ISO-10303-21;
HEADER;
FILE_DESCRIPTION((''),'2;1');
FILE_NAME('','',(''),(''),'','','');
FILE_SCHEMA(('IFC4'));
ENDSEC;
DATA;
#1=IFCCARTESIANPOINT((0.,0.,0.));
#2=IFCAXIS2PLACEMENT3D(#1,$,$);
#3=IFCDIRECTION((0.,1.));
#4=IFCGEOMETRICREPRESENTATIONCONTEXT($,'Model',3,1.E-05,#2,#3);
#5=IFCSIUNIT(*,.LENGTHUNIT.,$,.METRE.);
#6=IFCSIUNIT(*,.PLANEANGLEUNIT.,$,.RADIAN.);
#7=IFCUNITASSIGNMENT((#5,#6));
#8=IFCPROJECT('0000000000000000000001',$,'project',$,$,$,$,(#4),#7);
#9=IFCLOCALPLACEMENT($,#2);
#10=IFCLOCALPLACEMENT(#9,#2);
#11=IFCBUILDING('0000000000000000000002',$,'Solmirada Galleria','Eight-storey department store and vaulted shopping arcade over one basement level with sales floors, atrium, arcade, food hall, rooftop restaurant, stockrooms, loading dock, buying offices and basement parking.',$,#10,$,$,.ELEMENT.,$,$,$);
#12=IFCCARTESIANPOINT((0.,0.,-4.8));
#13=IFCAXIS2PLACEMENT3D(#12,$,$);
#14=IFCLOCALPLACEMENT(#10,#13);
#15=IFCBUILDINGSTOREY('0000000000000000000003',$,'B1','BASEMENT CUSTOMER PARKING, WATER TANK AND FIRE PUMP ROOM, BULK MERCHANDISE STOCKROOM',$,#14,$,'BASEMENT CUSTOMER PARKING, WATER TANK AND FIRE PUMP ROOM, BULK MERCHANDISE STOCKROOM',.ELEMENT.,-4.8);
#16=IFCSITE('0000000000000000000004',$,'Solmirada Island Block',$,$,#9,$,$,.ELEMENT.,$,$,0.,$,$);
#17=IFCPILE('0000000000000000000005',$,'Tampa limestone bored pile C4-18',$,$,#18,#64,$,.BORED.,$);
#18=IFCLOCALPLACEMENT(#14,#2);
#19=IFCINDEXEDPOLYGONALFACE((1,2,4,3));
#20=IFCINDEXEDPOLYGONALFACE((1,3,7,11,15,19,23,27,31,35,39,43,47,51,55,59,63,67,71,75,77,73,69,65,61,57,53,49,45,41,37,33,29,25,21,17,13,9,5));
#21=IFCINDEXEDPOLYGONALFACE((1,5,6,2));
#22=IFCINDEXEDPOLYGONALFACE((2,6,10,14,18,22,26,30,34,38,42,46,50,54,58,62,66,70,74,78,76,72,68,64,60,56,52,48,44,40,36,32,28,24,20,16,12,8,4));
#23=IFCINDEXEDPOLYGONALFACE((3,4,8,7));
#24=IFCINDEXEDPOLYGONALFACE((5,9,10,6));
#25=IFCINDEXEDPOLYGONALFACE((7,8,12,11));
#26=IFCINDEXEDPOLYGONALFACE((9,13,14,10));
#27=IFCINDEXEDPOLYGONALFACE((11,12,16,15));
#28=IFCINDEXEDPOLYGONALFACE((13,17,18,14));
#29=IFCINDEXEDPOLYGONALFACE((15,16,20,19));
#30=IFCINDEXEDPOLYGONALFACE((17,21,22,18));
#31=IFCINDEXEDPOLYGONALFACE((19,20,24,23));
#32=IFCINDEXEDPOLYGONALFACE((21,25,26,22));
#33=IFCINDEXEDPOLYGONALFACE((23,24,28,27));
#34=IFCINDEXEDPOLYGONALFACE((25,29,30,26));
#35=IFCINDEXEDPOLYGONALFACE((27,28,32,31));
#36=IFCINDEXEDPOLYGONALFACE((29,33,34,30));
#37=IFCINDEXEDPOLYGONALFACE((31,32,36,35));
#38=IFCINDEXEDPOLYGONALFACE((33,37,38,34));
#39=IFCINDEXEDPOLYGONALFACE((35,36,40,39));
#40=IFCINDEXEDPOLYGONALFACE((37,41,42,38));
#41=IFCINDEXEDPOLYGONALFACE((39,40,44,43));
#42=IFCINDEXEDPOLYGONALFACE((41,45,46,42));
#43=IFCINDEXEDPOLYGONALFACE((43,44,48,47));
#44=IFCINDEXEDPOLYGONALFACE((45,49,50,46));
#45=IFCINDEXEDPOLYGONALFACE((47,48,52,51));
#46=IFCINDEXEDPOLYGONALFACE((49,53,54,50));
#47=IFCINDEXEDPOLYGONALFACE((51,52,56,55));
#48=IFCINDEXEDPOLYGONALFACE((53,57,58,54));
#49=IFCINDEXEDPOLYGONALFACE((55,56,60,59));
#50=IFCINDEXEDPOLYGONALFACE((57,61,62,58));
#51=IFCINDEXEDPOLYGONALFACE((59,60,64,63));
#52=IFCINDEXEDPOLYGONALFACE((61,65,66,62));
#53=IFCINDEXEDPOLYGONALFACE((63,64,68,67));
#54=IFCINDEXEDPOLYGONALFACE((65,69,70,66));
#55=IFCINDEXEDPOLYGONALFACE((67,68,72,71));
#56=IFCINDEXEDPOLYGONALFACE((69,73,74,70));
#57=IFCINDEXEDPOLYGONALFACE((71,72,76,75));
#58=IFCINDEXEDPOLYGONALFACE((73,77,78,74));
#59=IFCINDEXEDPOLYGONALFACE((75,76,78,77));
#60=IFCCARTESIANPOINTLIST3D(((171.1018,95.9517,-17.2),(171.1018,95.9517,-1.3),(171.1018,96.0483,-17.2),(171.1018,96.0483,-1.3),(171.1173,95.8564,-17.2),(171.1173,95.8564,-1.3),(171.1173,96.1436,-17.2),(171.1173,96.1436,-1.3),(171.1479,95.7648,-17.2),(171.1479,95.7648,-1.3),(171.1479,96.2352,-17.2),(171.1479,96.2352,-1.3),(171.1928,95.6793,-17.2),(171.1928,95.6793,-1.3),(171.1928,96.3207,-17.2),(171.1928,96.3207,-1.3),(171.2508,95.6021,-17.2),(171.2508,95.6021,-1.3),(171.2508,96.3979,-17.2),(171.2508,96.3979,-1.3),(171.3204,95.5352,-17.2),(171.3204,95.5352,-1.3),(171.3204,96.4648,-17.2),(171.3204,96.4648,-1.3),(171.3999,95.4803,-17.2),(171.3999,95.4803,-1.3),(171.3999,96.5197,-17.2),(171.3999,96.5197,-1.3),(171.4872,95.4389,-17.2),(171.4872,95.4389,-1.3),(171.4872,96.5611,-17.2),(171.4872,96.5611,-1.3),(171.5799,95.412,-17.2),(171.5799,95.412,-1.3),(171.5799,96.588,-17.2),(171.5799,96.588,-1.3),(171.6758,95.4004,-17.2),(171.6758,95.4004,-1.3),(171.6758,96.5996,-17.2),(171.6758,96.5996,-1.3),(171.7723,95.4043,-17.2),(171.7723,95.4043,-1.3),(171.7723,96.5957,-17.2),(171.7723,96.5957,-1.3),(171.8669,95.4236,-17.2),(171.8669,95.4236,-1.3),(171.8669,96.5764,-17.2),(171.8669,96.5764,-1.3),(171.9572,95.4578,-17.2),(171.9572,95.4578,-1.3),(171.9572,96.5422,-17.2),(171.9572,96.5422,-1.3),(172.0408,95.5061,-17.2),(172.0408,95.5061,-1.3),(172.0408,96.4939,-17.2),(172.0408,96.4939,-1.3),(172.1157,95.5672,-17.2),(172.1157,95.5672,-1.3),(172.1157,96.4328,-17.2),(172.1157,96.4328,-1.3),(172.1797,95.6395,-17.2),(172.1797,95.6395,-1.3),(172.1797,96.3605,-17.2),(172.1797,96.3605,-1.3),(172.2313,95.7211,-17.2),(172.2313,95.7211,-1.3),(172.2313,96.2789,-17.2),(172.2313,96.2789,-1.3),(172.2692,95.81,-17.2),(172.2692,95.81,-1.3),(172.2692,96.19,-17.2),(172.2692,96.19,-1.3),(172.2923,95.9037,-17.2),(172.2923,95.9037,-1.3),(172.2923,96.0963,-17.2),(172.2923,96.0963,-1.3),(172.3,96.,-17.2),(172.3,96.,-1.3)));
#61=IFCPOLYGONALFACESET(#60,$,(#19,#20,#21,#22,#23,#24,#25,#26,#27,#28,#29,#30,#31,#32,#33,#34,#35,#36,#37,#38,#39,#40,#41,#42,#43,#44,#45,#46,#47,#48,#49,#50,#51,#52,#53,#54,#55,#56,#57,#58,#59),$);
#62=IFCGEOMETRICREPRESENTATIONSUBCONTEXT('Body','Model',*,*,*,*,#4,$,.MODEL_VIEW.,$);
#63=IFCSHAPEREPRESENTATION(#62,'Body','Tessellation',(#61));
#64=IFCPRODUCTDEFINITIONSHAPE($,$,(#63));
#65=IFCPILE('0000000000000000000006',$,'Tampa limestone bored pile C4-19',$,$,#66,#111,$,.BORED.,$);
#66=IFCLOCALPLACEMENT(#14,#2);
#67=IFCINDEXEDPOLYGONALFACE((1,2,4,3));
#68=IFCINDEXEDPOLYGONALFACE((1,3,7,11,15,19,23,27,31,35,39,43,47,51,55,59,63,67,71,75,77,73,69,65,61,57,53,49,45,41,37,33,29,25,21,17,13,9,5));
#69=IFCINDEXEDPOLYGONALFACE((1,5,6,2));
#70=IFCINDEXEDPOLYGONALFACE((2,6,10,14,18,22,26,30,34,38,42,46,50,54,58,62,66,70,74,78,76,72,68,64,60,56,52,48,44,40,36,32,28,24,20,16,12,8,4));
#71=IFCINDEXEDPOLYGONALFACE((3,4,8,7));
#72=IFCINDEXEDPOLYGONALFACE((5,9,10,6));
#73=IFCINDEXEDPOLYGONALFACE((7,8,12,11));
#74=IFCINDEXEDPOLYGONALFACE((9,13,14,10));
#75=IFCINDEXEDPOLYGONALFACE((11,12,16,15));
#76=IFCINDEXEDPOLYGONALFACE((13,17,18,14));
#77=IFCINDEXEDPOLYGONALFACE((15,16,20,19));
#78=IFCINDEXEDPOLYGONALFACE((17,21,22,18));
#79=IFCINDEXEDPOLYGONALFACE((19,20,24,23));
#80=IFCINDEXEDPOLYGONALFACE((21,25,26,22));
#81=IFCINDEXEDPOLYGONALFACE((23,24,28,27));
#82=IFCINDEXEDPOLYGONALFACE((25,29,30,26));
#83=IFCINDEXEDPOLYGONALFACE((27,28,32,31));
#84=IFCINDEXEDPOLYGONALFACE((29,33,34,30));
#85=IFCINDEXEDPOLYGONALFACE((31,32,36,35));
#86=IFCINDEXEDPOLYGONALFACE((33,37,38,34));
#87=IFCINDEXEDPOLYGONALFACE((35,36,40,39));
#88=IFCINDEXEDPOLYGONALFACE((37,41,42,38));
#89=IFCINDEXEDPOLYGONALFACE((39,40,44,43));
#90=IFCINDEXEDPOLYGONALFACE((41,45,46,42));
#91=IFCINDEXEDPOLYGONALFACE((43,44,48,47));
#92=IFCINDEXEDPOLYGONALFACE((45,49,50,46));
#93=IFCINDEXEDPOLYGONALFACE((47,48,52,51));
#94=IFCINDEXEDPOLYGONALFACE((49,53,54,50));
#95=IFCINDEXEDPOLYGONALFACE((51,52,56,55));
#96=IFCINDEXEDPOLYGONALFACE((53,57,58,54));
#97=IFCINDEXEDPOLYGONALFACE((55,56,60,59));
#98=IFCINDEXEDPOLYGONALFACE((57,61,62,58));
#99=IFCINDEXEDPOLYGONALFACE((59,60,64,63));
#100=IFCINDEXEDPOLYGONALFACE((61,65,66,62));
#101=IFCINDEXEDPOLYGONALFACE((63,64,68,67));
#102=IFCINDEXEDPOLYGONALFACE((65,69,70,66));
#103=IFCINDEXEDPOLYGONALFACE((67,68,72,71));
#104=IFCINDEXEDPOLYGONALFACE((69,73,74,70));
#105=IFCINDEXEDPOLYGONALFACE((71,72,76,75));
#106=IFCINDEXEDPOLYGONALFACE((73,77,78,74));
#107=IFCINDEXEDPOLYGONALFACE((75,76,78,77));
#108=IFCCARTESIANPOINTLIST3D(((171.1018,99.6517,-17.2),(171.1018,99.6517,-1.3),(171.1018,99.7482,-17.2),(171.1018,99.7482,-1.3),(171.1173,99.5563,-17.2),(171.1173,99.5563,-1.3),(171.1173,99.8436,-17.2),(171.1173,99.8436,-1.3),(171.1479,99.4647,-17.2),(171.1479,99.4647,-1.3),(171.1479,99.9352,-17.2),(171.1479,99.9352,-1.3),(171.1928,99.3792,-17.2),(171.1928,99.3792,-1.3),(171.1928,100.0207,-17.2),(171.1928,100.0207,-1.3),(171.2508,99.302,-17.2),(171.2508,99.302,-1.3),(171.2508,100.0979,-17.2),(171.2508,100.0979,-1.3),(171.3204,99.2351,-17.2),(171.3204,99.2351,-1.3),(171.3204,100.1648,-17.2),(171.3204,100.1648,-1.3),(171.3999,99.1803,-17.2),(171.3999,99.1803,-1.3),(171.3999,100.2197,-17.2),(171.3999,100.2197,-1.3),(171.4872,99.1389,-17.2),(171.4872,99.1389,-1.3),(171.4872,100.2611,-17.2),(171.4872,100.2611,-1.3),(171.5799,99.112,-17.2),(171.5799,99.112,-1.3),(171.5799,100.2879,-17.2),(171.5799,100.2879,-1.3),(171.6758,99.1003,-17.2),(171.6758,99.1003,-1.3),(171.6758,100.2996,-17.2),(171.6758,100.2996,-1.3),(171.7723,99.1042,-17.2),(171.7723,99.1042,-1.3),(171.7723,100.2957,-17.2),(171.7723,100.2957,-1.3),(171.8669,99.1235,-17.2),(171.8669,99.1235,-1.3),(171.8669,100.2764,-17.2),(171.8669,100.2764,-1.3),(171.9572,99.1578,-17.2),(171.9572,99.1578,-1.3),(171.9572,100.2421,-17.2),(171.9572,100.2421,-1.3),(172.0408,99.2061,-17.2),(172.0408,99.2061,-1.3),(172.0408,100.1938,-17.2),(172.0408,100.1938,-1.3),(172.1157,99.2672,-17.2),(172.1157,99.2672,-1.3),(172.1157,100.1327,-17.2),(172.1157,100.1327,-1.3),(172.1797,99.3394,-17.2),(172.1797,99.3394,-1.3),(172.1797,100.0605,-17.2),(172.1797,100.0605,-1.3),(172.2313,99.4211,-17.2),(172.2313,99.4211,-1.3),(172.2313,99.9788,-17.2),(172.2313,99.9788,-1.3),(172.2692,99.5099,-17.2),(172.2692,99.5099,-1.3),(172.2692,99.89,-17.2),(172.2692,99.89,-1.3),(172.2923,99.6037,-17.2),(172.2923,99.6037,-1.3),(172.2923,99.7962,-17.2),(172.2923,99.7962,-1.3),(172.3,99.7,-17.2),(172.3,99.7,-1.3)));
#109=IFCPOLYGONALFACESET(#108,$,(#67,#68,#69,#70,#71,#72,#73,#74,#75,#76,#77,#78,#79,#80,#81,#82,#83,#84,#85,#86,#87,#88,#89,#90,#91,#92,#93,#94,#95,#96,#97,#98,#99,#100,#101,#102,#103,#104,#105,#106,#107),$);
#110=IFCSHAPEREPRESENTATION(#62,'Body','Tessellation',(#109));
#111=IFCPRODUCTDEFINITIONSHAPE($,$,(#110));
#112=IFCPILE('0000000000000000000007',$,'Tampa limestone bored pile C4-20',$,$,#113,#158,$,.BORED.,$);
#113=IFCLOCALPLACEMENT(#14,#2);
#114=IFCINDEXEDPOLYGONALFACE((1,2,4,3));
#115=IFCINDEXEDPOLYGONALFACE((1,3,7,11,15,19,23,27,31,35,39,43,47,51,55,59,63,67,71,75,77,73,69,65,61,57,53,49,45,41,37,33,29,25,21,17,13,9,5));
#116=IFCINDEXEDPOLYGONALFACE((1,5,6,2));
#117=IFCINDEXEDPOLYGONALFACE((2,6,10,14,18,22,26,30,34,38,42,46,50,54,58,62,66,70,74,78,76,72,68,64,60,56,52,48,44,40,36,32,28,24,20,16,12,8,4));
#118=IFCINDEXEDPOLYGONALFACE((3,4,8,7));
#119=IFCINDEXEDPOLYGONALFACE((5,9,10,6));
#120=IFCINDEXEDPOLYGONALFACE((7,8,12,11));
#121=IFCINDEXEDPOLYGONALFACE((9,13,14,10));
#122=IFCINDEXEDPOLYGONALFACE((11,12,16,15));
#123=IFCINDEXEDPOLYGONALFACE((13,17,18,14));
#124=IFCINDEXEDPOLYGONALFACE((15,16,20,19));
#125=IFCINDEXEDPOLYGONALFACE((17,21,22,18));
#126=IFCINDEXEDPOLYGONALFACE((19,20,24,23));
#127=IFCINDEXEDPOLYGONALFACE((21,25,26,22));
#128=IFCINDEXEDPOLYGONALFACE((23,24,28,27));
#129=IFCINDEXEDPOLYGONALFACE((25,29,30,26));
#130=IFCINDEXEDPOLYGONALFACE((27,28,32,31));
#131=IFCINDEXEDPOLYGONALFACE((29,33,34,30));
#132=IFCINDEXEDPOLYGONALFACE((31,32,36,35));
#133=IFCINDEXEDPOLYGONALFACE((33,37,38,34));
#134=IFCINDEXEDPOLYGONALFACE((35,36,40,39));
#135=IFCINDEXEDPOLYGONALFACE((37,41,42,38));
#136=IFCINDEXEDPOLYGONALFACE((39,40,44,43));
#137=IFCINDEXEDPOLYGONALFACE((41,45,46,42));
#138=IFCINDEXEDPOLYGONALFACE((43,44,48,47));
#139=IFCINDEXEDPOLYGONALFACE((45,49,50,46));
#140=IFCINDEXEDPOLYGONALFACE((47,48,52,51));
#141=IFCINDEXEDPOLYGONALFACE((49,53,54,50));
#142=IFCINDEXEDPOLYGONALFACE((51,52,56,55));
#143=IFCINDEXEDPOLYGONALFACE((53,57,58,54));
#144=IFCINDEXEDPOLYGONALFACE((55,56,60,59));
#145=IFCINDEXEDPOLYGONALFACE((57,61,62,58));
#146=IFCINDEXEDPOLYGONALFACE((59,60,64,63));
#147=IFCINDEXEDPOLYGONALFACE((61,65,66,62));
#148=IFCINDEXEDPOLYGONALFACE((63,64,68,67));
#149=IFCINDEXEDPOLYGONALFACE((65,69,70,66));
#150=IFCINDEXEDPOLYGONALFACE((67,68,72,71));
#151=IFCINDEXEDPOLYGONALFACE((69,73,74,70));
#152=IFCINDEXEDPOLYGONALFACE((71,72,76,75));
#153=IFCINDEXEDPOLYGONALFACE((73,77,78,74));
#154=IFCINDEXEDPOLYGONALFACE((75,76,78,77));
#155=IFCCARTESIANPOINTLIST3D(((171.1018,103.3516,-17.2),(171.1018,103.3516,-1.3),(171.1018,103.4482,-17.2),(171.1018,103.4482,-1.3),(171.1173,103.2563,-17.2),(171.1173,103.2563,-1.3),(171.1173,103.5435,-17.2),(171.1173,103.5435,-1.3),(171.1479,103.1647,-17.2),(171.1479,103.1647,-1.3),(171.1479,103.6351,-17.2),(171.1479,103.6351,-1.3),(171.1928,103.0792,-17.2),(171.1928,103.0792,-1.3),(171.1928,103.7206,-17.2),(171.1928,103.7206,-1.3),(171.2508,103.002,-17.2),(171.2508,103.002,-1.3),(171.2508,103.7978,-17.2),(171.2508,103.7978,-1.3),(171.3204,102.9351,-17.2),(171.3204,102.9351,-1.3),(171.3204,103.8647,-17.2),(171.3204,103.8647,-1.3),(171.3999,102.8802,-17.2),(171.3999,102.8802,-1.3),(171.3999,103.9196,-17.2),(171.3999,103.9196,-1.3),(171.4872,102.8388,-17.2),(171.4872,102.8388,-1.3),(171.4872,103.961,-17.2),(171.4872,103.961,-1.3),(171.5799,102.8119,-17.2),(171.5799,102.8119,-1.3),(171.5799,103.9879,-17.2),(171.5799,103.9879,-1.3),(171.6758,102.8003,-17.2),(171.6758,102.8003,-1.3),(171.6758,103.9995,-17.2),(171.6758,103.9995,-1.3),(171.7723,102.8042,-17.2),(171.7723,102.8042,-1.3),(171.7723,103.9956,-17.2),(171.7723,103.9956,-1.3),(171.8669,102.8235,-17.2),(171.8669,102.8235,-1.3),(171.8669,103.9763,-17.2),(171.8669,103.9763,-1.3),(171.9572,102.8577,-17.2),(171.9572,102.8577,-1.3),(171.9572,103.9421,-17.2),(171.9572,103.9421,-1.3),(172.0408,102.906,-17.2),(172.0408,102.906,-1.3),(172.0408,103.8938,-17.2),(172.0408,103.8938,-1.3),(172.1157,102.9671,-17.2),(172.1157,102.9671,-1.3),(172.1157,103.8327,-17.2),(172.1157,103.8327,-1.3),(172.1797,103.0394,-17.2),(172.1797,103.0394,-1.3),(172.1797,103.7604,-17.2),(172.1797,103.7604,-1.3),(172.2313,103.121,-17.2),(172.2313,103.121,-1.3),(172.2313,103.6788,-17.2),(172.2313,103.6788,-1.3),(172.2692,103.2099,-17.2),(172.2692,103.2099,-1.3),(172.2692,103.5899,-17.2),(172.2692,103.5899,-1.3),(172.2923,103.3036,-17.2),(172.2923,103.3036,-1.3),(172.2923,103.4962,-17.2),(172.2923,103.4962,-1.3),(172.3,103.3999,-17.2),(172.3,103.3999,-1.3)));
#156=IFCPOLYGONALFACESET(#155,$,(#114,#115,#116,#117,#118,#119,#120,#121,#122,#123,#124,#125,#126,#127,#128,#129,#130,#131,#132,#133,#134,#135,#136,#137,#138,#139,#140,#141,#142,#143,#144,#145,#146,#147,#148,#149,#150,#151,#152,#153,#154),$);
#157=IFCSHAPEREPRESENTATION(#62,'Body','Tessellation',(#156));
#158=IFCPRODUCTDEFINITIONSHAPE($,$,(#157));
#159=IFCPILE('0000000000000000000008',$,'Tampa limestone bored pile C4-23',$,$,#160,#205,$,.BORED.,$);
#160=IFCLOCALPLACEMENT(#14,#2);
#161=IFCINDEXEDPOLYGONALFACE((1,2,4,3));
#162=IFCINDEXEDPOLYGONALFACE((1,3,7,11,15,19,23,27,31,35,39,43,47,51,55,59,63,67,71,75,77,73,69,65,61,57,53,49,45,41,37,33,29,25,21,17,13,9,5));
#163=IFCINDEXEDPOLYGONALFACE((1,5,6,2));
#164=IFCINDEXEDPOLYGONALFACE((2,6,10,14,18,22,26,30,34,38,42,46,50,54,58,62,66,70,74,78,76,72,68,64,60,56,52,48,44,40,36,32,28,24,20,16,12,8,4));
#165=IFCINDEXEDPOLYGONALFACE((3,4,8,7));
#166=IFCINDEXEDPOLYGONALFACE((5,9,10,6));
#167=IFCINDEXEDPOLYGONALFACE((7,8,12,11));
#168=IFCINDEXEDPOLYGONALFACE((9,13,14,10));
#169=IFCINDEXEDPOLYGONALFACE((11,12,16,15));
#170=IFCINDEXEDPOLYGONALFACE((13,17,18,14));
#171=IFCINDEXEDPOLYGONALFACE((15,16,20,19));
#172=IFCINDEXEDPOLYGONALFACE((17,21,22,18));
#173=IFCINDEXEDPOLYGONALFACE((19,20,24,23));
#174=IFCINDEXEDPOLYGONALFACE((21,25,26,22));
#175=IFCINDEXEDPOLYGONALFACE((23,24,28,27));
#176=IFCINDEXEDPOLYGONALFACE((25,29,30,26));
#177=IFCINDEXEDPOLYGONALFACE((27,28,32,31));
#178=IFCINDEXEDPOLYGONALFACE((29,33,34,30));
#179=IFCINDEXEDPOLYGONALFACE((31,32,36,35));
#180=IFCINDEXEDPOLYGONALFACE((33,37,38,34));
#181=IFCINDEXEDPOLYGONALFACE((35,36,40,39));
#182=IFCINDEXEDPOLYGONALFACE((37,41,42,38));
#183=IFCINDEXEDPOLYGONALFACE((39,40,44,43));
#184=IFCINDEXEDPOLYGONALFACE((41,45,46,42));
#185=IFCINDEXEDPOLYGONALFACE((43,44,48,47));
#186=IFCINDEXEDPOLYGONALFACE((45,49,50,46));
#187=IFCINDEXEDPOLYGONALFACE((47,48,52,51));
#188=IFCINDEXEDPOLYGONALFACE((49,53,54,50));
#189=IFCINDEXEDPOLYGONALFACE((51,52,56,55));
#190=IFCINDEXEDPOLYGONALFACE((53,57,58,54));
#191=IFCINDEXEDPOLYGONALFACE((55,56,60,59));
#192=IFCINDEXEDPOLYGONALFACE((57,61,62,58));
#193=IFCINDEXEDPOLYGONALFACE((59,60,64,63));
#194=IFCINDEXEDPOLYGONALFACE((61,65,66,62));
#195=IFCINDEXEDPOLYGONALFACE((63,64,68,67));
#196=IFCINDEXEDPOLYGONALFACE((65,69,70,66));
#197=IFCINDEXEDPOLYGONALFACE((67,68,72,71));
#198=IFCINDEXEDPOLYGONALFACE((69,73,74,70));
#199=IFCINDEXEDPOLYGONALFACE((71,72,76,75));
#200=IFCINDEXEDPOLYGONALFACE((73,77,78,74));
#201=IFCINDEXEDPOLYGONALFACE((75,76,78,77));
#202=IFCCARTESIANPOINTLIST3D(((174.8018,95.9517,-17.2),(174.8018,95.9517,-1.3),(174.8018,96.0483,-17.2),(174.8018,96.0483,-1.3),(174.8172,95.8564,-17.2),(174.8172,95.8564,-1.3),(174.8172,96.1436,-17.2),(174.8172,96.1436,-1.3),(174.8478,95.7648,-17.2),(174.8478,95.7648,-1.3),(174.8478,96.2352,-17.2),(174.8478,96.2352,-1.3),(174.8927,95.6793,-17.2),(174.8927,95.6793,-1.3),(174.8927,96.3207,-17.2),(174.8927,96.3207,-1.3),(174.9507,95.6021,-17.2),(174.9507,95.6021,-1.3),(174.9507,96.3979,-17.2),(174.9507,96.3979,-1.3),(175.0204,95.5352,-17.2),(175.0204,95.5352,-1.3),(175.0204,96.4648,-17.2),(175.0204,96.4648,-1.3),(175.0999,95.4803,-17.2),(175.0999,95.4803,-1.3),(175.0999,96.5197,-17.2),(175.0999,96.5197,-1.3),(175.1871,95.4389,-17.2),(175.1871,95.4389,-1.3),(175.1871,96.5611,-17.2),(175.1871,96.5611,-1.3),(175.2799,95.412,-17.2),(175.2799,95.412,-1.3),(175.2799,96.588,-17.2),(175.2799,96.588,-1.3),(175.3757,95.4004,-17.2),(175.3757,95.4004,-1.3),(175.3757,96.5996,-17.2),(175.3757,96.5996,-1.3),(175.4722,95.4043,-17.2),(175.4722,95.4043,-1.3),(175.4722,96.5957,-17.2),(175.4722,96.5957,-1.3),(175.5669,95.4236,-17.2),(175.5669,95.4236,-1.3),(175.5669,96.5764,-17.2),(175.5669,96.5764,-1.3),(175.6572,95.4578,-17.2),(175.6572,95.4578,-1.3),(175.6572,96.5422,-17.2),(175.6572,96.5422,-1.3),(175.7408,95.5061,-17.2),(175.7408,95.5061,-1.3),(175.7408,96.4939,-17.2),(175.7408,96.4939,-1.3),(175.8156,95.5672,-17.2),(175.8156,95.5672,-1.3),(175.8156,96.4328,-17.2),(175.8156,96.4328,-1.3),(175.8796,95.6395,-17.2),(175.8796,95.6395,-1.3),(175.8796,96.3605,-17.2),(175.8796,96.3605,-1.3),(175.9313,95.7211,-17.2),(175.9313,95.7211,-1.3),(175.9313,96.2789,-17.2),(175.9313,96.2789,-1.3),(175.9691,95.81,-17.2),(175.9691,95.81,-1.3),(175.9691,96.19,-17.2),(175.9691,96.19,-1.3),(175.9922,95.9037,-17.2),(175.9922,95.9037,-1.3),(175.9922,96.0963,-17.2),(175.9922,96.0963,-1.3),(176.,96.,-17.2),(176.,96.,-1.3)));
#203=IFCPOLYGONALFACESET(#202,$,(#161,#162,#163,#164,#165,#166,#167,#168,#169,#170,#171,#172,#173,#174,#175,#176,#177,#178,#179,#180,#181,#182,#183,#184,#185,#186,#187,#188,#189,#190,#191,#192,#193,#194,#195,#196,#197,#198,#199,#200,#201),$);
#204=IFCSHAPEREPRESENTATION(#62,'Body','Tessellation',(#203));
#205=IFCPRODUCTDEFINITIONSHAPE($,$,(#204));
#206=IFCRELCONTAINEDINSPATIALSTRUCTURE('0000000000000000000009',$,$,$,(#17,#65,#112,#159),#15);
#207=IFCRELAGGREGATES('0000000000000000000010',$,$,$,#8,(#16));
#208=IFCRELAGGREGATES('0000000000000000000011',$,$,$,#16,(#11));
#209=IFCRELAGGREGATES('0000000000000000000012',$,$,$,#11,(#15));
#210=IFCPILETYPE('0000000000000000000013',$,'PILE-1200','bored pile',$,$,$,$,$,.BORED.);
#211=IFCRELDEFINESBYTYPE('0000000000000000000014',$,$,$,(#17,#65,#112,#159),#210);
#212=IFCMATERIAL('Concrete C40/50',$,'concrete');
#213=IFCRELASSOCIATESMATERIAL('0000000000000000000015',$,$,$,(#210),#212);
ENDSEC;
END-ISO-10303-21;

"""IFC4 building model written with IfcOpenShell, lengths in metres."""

from ifc_helpers import new_model, si_unit, direction, frame, origin, origin_2d, place, context, subcontext, project, spatial, circle, extrude, material, material_profile, profile_set, type_object, element, save


model = new_model("IFC4")

# Units and contexts
model_context = context("Model", 3, precision=1e-05, world=origin(), true_north=direction((0.0, 1.0)))
body_context = subcontext(model_context, "Body", "Model", "MODEL_VIEW")
ifc_project = project(units=[si_unit("LENGTHUNIT", "METRE"), si_unit("PLANEANGLEUNIT", "RADIAN")], contexts=[model_context])

# Site, building, storey
site_placement = place(None, origin())
site = spatial("IfcSite", under=ifc_project, at=site_placement, Name="Solmirada Island Block", CompositionType="ELEMENT", RefElevation=0.0)
building_placement = place(site_placement, origin())
building = spatial("IfcBuilding", under=site, at=building_placement, Name="Solmirada Galleria", Description="Eight-storey department store and vaulted shopping arcade over one basement level with sales floors, atrium, arcade, food hall, rooftop restaurant, stockrooms, loading dock, buying offices and basement parking.", CompositionType="ELEMENT")
storey_placement = place(building_placement, frame((0.0, 0.0, -4.8)))
storey = spatial("IfcBuildingStorey", under=building, at=storey_placement, Name="B1", Description="BASEMENT CUSTOMER PARKING, WATER TANK AND FIRE PUMP ROOM, BULK MERCHANDISE STOCKROOM", LongName="BASEMENT CUSTOMER PARKING, WATER TANK AND FIRE PUMP ROOM, BULK MERCHANDISE STOCKROOM", CompositionType="ELEMENT", Elevation=-4.8)

# Piles
ifc_material_1 = material(Name="Concrete C40/50", Category="concrete")
ifc_material_profile_1 = material_profile(ifc_material_1, circle(Radius=0.6001, at=origin_2d()), Name="PILE1200")
ifc_profile_set_1 = profile_set([ifc_material_profile_1], Name="Concrete C40/50")
pile_type = type_object("IfcPileType", Name="PILE-1200", Description="bored pile", PredefinedType="BORED", material=ifc_profile_set_1)
for number, where, z_axis, x_axis, name in (
    (1, (171.7, 96.0, -1.3), (0.0, 0.0, -1.0), (1.0, 0.0, 0.0), "Tampa limestone bored pile C4-18"),
    (2, (171.7, 99.7, -1.3), (0.0, 0.0, -1.0), (1.0, 0.0, 0.0), "Tampa limestone bored pile C4-19"),
    (3, (171.7, 103.3999, -1.3), (0.0, 0.0, -1.0), (1.0, 0.0, 0.0), "Tampa limestone bored pile C4-20"),
    (4, (175.3999, 96.0, -1.3), (0.0, 0.0, -1.0), (1.0, 0.0, 0.0), "Tampa limestone bored pile C4-23"),
):
    element("IfcPile", number, at=place(storey_placement, frame(where, z_axis=z_axis, x_axis=x_axis)), inside=storey, type_object=pile_type, Name=name, PredefinedType="BORED", context=body_context, shape_type="SweptSolid", body=[
        extrude(circle(Radius=0.6001, at=origin_2d()), origin(), (0.0, 0.0, 1.0), 15.8999),
    ])

save(model, "model.ifc")
